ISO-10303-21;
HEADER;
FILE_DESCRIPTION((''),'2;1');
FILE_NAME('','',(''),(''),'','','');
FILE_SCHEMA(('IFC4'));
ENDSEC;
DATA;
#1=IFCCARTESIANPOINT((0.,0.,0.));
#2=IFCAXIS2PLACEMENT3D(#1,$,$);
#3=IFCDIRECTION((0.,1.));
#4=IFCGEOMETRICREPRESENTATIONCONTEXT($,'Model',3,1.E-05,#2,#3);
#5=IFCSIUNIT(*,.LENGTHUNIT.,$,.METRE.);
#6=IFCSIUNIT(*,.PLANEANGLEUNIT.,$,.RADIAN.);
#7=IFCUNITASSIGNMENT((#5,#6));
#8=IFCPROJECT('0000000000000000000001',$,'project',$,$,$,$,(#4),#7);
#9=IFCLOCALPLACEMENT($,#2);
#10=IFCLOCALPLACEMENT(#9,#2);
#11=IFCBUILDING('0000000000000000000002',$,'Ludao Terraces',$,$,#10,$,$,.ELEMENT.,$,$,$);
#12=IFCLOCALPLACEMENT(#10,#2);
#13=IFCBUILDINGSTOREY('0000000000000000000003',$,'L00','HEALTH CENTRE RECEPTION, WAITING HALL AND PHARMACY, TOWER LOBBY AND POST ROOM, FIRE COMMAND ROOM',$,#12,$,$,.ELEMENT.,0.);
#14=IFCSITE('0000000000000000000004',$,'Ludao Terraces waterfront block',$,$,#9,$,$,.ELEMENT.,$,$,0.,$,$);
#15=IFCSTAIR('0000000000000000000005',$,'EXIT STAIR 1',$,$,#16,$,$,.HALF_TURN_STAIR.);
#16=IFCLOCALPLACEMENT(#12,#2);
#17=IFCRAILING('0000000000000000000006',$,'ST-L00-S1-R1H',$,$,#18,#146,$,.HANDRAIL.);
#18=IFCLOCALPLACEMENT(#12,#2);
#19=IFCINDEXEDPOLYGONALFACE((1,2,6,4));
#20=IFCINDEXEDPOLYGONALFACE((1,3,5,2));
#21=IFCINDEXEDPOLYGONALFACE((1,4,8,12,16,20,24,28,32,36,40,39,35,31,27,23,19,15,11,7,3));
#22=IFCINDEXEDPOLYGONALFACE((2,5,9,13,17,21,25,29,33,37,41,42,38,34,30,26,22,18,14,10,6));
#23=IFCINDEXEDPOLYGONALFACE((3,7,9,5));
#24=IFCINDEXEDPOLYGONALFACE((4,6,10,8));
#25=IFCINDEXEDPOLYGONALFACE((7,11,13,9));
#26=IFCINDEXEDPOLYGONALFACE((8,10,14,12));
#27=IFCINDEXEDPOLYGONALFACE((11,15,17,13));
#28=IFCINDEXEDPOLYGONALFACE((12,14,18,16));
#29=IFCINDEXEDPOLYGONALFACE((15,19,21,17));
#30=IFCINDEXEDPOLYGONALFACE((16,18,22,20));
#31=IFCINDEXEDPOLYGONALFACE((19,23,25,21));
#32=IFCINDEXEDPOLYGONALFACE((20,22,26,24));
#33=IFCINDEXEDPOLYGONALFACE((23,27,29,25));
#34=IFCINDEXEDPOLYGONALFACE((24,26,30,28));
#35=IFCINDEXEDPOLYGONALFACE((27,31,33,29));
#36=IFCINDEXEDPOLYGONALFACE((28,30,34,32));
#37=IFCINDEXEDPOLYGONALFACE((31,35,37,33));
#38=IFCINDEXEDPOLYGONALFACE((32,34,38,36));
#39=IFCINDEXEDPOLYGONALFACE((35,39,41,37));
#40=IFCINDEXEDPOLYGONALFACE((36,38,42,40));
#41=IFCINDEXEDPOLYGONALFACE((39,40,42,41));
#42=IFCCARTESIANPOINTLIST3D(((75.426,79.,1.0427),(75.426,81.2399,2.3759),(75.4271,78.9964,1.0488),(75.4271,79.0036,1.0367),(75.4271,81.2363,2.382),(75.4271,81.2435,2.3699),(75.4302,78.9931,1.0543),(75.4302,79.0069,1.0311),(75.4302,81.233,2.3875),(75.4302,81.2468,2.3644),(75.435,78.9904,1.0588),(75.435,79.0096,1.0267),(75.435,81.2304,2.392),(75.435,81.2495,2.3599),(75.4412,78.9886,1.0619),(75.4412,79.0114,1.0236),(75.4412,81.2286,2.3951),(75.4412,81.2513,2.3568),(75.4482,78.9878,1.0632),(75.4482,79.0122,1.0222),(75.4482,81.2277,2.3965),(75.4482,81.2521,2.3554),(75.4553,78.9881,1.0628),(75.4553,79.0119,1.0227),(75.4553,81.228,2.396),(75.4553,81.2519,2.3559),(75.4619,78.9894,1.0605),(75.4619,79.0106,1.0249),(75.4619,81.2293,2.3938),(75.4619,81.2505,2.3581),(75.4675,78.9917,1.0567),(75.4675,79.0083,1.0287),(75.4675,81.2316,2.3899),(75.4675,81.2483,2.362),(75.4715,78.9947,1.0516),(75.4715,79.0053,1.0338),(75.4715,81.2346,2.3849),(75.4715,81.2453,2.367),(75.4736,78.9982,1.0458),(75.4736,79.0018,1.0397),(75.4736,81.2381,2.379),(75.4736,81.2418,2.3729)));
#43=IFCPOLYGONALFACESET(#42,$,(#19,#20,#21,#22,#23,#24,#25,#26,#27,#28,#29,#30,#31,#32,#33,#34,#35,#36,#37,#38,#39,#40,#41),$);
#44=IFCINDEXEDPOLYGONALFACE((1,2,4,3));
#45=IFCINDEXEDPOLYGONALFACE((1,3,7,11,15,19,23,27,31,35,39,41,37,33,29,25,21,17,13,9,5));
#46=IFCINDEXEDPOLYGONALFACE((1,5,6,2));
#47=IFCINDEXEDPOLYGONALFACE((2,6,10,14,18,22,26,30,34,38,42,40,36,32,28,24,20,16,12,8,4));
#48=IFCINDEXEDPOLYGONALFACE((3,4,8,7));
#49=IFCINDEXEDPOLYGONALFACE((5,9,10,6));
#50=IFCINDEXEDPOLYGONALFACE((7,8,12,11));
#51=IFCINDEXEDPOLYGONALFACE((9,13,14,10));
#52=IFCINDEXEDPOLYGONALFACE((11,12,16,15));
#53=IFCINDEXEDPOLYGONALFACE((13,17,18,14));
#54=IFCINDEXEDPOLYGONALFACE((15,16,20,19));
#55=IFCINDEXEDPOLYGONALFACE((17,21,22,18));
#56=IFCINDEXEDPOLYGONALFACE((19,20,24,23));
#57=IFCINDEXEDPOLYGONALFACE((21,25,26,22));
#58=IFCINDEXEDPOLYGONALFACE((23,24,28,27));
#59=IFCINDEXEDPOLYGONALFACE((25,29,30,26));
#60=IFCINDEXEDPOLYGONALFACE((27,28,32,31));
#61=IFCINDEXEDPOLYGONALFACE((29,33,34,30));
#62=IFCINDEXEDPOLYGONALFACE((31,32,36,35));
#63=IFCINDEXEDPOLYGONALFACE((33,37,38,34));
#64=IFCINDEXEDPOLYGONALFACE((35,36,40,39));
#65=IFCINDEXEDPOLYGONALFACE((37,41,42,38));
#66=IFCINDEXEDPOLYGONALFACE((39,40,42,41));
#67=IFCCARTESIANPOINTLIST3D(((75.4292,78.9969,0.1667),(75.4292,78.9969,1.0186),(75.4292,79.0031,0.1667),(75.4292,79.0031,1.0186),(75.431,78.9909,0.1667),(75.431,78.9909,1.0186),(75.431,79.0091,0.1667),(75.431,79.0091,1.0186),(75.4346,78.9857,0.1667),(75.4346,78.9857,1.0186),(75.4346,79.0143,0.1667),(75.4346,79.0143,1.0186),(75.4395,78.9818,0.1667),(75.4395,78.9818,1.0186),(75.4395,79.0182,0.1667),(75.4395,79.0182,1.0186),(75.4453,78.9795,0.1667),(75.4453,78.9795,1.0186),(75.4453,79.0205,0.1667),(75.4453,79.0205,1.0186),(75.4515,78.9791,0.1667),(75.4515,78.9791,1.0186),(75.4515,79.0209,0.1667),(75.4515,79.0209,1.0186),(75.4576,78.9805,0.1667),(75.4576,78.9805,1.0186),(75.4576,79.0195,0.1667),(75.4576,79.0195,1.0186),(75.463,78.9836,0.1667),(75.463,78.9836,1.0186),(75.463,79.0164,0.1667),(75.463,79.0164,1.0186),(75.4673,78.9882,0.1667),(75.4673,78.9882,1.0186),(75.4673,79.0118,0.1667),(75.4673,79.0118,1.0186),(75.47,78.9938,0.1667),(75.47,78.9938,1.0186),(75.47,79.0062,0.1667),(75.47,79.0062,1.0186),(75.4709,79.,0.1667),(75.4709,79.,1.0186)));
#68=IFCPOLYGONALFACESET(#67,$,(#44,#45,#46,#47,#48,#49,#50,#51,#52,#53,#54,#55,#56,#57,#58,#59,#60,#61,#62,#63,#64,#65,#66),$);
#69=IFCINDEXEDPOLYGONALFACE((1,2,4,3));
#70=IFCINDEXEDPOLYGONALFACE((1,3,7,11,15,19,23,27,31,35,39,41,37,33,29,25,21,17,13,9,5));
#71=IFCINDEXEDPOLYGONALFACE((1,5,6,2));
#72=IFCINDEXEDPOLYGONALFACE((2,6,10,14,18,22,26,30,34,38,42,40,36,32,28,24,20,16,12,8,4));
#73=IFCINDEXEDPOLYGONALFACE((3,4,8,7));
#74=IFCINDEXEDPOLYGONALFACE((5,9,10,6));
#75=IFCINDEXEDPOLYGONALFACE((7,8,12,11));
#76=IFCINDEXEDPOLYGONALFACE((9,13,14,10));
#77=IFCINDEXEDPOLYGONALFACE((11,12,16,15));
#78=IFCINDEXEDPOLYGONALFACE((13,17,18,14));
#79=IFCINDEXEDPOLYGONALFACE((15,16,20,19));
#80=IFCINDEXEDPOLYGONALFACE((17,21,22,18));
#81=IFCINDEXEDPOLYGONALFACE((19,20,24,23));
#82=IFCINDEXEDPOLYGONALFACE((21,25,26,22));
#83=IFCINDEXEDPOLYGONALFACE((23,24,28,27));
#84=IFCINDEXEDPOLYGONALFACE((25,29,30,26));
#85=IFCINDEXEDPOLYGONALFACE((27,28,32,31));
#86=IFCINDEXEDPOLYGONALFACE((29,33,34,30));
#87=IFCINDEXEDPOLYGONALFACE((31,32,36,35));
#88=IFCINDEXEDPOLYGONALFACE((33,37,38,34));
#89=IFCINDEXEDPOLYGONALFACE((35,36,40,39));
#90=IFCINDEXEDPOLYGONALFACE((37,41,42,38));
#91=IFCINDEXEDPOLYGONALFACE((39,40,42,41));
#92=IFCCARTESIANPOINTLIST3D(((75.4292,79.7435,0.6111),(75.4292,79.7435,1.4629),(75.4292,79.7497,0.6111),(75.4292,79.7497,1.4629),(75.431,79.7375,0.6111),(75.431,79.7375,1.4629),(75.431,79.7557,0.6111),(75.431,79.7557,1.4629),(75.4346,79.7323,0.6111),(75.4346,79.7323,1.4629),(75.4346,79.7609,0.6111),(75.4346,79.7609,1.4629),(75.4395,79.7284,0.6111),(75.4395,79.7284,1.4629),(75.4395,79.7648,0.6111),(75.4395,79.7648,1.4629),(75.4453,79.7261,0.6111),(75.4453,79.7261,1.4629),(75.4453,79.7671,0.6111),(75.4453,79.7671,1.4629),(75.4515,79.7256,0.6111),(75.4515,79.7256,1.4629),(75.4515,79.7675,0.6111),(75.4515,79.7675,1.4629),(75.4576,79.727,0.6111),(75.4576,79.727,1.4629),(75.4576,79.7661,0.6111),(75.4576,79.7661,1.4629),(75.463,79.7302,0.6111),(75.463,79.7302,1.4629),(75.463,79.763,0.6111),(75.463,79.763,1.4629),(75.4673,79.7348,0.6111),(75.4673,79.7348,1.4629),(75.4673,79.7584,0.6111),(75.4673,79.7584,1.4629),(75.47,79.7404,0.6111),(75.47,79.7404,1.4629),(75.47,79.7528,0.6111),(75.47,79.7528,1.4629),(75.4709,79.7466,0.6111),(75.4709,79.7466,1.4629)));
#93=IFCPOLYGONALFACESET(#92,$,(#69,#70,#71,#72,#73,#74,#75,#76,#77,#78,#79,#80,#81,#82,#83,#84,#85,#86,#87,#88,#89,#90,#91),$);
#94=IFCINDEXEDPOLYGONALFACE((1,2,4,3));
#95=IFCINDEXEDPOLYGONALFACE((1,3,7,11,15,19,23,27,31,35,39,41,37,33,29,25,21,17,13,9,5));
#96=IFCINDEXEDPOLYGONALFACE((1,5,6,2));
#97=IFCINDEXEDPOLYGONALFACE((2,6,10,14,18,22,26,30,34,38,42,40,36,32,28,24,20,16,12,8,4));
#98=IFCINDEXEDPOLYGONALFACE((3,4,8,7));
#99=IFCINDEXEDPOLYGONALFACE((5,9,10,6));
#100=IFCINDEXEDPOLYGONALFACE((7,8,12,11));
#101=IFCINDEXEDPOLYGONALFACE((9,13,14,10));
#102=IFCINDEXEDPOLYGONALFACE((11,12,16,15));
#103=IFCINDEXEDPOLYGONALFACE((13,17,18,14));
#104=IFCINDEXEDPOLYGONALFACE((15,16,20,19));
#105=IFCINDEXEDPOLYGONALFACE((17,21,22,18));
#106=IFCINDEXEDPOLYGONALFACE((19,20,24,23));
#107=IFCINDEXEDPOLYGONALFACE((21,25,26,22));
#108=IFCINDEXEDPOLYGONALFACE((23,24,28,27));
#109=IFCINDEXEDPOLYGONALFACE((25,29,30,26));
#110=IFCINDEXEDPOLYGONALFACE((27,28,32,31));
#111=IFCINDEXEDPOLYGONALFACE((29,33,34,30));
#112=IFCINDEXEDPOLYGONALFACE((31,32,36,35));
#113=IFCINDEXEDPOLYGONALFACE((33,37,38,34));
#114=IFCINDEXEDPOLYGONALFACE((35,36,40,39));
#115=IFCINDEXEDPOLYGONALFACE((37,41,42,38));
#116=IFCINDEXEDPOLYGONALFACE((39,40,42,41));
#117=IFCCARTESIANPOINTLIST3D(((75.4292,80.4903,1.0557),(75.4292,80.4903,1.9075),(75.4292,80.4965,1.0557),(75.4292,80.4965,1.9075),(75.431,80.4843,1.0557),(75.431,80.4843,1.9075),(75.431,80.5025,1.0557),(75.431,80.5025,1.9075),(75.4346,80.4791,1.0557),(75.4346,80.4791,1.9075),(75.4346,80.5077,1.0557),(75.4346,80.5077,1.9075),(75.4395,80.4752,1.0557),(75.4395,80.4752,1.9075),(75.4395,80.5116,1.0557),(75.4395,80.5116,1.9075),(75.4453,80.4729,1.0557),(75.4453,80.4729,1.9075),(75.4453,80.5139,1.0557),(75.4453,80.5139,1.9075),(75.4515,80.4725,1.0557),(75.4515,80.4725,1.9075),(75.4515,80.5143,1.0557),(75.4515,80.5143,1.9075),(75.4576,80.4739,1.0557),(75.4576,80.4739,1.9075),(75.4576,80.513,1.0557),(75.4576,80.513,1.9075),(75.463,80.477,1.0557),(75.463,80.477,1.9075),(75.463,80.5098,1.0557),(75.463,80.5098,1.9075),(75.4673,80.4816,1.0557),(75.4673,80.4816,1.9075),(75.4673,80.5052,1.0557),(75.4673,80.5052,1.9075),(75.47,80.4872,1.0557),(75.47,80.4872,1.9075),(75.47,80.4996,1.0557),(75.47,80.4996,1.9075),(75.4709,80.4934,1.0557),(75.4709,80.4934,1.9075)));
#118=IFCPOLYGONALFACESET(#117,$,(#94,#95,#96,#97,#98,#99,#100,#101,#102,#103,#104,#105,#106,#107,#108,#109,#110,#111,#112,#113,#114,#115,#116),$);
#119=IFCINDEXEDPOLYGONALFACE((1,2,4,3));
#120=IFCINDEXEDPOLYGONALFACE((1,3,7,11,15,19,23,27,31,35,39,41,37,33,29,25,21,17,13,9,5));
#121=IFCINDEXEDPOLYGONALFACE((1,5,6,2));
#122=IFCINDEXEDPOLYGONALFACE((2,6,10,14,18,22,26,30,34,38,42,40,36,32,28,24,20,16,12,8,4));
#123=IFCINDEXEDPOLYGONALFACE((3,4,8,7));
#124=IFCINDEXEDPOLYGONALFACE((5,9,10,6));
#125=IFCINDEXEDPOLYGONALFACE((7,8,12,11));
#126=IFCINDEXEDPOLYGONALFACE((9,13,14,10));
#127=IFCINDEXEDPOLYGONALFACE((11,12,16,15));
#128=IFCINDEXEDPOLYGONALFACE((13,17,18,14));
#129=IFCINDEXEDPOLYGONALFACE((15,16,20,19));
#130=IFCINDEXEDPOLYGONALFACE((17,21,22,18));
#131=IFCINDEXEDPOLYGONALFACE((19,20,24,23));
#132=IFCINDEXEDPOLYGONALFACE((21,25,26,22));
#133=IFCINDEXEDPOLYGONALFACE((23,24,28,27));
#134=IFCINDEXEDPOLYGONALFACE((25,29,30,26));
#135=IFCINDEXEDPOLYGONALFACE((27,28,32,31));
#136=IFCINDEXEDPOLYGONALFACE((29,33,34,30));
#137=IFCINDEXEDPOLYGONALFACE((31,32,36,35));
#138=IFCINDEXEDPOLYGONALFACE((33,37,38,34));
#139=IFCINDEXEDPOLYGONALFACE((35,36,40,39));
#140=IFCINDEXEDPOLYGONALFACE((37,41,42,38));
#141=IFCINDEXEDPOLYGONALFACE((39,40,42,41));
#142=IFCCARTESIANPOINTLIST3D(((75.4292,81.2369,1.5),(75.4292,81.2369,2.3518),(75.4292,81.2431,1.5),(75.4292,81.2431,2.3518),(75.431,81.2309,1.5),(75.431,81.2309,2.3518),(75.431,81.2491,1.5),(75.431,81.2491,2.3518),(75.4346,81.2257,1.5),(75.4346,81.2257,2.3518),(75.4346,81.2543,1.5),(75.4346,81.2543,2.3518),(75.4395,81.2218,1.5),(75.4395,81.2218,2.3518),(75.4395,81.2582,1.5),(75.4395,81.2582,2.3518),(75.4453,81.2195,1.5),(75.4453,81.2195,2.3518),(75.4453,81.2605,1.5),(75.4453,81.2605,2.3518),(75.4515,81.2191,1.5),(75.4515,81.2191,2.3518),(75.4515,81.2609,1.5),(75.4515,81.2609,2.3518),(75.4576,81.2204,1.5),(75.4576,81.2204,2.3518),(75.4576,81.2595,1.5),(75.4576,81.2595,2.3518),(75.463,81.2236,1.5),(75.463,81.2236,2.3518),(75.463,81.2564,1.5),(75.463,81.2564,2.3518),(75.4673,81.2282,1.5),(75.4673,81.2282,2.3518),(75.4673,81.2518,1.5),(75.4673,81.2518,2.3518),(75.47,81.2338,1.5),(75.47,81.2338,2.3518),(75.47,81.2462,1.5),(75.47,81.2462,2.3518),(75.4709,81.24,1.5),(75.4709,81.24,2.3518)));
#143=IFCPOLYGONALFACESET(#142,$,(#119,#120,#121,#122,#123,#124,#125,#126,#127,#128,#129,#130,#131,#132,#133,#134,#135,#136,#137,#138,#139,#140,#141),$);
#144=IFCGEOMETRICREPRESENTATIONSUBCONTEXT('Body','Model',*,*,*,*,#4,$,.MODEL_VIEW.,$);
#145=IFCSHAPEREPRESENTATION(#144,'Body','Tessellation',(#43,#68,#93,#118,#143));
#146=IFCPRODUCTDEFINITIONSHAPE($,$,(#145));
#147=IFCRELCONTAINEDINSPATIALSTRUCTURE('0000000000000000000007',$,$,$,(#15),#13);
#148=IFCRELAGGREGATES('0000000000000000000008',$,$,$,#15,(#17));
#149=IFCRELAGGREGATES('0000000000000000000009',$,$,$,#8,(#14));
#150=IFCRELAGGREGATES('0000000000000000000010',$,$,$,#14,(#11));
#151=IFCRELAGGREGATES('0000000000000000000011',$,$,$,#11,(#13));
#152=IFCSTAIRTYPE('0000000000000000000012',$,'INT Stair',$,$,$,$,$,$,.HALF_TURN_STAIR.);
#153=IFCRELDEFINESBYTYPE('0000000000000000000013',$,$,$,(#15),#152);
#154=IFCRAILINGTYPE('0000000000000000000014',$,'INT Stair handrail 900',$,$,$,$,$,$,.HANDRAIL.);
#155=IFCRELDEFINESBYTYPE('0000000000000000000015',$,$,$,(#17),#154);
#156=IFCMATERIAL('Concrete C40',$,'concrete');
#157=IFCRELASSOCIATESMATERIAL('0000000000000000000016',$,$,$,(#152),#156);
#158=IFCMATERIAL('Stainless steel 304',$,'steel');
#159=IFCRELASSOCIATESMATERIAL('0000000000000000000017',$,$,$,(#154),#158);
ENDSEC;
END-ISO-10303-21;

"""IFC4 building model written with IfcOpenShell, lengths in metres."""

from ifc_helpers import new_model, si_unit, direction, frame, origin, origin_2d, place, context, subcontext, project, spatial, circle, extrude, material, type_object, element, aggregate, save


model = new_model("IFC4")

# Units and contexts
model_context = context("Model", 3, precision=1e-05, world=origin(), true_north=direction((0.0, 1.0)))
body_context = subcontext(model_context, "Body", "Model", "MODEL_VIEW")
ifc_project = project(units=[si_unit("LENGTHUNIT", "METRE"), si_unit("PLANEANGLEUNIT", "RADIAN")], contexts=[model_context])

# Site, building, storey
site_placement = place(None, origin())
site = spatial("IfcSite", under=ifc_project, at=site_placement, Name="Ludao Terraces waterfront block", CompositionType="ELEMENT", RefElevation=0.0)
building_placement = place(site_placement, origin())
building = spatial("IfcBuilding", under=site, at=building_placement, Name="Ludao Terraces", CompositionType="ELEMENT")
storey_placement = place(building_placement, origin())
storey = spatial("IfcBuildingStorey", under=building, at=storey_placement, Name="L00", Description="HEALTH CENTRE RECEPTION, WAITING HALL AND PHARMACY, TOWER LOBBY AND POST ROOM, FIRE COMMAND ROOM", CompositionType="ELEMENT", Elevation=0.0)

# Shared definitions
ifc_material_1 = material(Name="Concrete C40", Category="concrete")

# Stair, railing
stair_type = type_object("IfcStairType", Name="INT Stair", PredefinedType="HALF_TURN_STAIR", material=ifc_material_1)
stair_placement = place(storey_placement, origin())
stair = element("IfcStair", 1, at=stair_placement, inside=storey, type_object=stair_type, Name="EXIT STAIR 1", PredefinedType="HALF_TURN_STAIR")
ifc_material_2 = material(Name="Stainless steel 304", Category="steel")
railing_type = type_object("IfcRailingType", Name="INT Stair handrail 900", PredefinedType="HANDRAIL", material=ifc_material_2)
railing_placement = place(storey_placement, frame((75.45, 79.0, 0.1667)))
railing = element("IfcRailing", 2, at=railing_placement, type_object=railing_type, Name="ST-L00-S1-R1H", PredefinedType="HANDRAIL", context=body_context, shape_type="SweptSolid", body=[
    extrude(circle(Radius=0.0239, at=origin_2d()), frame((0.0, 0.0, 0.876), z_axis=(0.0, 0.859306, 0.511462), x_axis=(-1.0, 0.0, 0.0)), (0.0, 0.0, 1.0), 2.6067),
    extrude(circle(Radius=0.021, at=origin_2d()), origin(), (0.0, 0.0, 1.0), 0.8518),
    extrude(circle(Radius=0.021, at=origin_2d()), frame((0.0, 0.7466, 0.4443)), (0.0, 0.0, 1.0), 0.8518),
    extrude(circle(Radius=0.021, at=origin_2d()), frame((0.0, 1.4934, 0.8889)), (0.0, 0.0, 1.0), 0.8518),
    extrude(circle(Radius=0.021, at=origin_2d()), frame((0.0, 2.24, 1.3333)), (0.0, 0.0, 1.0), 0.8518),
])
aggregate(stair, [railing])

save(model, "model.ifc")
